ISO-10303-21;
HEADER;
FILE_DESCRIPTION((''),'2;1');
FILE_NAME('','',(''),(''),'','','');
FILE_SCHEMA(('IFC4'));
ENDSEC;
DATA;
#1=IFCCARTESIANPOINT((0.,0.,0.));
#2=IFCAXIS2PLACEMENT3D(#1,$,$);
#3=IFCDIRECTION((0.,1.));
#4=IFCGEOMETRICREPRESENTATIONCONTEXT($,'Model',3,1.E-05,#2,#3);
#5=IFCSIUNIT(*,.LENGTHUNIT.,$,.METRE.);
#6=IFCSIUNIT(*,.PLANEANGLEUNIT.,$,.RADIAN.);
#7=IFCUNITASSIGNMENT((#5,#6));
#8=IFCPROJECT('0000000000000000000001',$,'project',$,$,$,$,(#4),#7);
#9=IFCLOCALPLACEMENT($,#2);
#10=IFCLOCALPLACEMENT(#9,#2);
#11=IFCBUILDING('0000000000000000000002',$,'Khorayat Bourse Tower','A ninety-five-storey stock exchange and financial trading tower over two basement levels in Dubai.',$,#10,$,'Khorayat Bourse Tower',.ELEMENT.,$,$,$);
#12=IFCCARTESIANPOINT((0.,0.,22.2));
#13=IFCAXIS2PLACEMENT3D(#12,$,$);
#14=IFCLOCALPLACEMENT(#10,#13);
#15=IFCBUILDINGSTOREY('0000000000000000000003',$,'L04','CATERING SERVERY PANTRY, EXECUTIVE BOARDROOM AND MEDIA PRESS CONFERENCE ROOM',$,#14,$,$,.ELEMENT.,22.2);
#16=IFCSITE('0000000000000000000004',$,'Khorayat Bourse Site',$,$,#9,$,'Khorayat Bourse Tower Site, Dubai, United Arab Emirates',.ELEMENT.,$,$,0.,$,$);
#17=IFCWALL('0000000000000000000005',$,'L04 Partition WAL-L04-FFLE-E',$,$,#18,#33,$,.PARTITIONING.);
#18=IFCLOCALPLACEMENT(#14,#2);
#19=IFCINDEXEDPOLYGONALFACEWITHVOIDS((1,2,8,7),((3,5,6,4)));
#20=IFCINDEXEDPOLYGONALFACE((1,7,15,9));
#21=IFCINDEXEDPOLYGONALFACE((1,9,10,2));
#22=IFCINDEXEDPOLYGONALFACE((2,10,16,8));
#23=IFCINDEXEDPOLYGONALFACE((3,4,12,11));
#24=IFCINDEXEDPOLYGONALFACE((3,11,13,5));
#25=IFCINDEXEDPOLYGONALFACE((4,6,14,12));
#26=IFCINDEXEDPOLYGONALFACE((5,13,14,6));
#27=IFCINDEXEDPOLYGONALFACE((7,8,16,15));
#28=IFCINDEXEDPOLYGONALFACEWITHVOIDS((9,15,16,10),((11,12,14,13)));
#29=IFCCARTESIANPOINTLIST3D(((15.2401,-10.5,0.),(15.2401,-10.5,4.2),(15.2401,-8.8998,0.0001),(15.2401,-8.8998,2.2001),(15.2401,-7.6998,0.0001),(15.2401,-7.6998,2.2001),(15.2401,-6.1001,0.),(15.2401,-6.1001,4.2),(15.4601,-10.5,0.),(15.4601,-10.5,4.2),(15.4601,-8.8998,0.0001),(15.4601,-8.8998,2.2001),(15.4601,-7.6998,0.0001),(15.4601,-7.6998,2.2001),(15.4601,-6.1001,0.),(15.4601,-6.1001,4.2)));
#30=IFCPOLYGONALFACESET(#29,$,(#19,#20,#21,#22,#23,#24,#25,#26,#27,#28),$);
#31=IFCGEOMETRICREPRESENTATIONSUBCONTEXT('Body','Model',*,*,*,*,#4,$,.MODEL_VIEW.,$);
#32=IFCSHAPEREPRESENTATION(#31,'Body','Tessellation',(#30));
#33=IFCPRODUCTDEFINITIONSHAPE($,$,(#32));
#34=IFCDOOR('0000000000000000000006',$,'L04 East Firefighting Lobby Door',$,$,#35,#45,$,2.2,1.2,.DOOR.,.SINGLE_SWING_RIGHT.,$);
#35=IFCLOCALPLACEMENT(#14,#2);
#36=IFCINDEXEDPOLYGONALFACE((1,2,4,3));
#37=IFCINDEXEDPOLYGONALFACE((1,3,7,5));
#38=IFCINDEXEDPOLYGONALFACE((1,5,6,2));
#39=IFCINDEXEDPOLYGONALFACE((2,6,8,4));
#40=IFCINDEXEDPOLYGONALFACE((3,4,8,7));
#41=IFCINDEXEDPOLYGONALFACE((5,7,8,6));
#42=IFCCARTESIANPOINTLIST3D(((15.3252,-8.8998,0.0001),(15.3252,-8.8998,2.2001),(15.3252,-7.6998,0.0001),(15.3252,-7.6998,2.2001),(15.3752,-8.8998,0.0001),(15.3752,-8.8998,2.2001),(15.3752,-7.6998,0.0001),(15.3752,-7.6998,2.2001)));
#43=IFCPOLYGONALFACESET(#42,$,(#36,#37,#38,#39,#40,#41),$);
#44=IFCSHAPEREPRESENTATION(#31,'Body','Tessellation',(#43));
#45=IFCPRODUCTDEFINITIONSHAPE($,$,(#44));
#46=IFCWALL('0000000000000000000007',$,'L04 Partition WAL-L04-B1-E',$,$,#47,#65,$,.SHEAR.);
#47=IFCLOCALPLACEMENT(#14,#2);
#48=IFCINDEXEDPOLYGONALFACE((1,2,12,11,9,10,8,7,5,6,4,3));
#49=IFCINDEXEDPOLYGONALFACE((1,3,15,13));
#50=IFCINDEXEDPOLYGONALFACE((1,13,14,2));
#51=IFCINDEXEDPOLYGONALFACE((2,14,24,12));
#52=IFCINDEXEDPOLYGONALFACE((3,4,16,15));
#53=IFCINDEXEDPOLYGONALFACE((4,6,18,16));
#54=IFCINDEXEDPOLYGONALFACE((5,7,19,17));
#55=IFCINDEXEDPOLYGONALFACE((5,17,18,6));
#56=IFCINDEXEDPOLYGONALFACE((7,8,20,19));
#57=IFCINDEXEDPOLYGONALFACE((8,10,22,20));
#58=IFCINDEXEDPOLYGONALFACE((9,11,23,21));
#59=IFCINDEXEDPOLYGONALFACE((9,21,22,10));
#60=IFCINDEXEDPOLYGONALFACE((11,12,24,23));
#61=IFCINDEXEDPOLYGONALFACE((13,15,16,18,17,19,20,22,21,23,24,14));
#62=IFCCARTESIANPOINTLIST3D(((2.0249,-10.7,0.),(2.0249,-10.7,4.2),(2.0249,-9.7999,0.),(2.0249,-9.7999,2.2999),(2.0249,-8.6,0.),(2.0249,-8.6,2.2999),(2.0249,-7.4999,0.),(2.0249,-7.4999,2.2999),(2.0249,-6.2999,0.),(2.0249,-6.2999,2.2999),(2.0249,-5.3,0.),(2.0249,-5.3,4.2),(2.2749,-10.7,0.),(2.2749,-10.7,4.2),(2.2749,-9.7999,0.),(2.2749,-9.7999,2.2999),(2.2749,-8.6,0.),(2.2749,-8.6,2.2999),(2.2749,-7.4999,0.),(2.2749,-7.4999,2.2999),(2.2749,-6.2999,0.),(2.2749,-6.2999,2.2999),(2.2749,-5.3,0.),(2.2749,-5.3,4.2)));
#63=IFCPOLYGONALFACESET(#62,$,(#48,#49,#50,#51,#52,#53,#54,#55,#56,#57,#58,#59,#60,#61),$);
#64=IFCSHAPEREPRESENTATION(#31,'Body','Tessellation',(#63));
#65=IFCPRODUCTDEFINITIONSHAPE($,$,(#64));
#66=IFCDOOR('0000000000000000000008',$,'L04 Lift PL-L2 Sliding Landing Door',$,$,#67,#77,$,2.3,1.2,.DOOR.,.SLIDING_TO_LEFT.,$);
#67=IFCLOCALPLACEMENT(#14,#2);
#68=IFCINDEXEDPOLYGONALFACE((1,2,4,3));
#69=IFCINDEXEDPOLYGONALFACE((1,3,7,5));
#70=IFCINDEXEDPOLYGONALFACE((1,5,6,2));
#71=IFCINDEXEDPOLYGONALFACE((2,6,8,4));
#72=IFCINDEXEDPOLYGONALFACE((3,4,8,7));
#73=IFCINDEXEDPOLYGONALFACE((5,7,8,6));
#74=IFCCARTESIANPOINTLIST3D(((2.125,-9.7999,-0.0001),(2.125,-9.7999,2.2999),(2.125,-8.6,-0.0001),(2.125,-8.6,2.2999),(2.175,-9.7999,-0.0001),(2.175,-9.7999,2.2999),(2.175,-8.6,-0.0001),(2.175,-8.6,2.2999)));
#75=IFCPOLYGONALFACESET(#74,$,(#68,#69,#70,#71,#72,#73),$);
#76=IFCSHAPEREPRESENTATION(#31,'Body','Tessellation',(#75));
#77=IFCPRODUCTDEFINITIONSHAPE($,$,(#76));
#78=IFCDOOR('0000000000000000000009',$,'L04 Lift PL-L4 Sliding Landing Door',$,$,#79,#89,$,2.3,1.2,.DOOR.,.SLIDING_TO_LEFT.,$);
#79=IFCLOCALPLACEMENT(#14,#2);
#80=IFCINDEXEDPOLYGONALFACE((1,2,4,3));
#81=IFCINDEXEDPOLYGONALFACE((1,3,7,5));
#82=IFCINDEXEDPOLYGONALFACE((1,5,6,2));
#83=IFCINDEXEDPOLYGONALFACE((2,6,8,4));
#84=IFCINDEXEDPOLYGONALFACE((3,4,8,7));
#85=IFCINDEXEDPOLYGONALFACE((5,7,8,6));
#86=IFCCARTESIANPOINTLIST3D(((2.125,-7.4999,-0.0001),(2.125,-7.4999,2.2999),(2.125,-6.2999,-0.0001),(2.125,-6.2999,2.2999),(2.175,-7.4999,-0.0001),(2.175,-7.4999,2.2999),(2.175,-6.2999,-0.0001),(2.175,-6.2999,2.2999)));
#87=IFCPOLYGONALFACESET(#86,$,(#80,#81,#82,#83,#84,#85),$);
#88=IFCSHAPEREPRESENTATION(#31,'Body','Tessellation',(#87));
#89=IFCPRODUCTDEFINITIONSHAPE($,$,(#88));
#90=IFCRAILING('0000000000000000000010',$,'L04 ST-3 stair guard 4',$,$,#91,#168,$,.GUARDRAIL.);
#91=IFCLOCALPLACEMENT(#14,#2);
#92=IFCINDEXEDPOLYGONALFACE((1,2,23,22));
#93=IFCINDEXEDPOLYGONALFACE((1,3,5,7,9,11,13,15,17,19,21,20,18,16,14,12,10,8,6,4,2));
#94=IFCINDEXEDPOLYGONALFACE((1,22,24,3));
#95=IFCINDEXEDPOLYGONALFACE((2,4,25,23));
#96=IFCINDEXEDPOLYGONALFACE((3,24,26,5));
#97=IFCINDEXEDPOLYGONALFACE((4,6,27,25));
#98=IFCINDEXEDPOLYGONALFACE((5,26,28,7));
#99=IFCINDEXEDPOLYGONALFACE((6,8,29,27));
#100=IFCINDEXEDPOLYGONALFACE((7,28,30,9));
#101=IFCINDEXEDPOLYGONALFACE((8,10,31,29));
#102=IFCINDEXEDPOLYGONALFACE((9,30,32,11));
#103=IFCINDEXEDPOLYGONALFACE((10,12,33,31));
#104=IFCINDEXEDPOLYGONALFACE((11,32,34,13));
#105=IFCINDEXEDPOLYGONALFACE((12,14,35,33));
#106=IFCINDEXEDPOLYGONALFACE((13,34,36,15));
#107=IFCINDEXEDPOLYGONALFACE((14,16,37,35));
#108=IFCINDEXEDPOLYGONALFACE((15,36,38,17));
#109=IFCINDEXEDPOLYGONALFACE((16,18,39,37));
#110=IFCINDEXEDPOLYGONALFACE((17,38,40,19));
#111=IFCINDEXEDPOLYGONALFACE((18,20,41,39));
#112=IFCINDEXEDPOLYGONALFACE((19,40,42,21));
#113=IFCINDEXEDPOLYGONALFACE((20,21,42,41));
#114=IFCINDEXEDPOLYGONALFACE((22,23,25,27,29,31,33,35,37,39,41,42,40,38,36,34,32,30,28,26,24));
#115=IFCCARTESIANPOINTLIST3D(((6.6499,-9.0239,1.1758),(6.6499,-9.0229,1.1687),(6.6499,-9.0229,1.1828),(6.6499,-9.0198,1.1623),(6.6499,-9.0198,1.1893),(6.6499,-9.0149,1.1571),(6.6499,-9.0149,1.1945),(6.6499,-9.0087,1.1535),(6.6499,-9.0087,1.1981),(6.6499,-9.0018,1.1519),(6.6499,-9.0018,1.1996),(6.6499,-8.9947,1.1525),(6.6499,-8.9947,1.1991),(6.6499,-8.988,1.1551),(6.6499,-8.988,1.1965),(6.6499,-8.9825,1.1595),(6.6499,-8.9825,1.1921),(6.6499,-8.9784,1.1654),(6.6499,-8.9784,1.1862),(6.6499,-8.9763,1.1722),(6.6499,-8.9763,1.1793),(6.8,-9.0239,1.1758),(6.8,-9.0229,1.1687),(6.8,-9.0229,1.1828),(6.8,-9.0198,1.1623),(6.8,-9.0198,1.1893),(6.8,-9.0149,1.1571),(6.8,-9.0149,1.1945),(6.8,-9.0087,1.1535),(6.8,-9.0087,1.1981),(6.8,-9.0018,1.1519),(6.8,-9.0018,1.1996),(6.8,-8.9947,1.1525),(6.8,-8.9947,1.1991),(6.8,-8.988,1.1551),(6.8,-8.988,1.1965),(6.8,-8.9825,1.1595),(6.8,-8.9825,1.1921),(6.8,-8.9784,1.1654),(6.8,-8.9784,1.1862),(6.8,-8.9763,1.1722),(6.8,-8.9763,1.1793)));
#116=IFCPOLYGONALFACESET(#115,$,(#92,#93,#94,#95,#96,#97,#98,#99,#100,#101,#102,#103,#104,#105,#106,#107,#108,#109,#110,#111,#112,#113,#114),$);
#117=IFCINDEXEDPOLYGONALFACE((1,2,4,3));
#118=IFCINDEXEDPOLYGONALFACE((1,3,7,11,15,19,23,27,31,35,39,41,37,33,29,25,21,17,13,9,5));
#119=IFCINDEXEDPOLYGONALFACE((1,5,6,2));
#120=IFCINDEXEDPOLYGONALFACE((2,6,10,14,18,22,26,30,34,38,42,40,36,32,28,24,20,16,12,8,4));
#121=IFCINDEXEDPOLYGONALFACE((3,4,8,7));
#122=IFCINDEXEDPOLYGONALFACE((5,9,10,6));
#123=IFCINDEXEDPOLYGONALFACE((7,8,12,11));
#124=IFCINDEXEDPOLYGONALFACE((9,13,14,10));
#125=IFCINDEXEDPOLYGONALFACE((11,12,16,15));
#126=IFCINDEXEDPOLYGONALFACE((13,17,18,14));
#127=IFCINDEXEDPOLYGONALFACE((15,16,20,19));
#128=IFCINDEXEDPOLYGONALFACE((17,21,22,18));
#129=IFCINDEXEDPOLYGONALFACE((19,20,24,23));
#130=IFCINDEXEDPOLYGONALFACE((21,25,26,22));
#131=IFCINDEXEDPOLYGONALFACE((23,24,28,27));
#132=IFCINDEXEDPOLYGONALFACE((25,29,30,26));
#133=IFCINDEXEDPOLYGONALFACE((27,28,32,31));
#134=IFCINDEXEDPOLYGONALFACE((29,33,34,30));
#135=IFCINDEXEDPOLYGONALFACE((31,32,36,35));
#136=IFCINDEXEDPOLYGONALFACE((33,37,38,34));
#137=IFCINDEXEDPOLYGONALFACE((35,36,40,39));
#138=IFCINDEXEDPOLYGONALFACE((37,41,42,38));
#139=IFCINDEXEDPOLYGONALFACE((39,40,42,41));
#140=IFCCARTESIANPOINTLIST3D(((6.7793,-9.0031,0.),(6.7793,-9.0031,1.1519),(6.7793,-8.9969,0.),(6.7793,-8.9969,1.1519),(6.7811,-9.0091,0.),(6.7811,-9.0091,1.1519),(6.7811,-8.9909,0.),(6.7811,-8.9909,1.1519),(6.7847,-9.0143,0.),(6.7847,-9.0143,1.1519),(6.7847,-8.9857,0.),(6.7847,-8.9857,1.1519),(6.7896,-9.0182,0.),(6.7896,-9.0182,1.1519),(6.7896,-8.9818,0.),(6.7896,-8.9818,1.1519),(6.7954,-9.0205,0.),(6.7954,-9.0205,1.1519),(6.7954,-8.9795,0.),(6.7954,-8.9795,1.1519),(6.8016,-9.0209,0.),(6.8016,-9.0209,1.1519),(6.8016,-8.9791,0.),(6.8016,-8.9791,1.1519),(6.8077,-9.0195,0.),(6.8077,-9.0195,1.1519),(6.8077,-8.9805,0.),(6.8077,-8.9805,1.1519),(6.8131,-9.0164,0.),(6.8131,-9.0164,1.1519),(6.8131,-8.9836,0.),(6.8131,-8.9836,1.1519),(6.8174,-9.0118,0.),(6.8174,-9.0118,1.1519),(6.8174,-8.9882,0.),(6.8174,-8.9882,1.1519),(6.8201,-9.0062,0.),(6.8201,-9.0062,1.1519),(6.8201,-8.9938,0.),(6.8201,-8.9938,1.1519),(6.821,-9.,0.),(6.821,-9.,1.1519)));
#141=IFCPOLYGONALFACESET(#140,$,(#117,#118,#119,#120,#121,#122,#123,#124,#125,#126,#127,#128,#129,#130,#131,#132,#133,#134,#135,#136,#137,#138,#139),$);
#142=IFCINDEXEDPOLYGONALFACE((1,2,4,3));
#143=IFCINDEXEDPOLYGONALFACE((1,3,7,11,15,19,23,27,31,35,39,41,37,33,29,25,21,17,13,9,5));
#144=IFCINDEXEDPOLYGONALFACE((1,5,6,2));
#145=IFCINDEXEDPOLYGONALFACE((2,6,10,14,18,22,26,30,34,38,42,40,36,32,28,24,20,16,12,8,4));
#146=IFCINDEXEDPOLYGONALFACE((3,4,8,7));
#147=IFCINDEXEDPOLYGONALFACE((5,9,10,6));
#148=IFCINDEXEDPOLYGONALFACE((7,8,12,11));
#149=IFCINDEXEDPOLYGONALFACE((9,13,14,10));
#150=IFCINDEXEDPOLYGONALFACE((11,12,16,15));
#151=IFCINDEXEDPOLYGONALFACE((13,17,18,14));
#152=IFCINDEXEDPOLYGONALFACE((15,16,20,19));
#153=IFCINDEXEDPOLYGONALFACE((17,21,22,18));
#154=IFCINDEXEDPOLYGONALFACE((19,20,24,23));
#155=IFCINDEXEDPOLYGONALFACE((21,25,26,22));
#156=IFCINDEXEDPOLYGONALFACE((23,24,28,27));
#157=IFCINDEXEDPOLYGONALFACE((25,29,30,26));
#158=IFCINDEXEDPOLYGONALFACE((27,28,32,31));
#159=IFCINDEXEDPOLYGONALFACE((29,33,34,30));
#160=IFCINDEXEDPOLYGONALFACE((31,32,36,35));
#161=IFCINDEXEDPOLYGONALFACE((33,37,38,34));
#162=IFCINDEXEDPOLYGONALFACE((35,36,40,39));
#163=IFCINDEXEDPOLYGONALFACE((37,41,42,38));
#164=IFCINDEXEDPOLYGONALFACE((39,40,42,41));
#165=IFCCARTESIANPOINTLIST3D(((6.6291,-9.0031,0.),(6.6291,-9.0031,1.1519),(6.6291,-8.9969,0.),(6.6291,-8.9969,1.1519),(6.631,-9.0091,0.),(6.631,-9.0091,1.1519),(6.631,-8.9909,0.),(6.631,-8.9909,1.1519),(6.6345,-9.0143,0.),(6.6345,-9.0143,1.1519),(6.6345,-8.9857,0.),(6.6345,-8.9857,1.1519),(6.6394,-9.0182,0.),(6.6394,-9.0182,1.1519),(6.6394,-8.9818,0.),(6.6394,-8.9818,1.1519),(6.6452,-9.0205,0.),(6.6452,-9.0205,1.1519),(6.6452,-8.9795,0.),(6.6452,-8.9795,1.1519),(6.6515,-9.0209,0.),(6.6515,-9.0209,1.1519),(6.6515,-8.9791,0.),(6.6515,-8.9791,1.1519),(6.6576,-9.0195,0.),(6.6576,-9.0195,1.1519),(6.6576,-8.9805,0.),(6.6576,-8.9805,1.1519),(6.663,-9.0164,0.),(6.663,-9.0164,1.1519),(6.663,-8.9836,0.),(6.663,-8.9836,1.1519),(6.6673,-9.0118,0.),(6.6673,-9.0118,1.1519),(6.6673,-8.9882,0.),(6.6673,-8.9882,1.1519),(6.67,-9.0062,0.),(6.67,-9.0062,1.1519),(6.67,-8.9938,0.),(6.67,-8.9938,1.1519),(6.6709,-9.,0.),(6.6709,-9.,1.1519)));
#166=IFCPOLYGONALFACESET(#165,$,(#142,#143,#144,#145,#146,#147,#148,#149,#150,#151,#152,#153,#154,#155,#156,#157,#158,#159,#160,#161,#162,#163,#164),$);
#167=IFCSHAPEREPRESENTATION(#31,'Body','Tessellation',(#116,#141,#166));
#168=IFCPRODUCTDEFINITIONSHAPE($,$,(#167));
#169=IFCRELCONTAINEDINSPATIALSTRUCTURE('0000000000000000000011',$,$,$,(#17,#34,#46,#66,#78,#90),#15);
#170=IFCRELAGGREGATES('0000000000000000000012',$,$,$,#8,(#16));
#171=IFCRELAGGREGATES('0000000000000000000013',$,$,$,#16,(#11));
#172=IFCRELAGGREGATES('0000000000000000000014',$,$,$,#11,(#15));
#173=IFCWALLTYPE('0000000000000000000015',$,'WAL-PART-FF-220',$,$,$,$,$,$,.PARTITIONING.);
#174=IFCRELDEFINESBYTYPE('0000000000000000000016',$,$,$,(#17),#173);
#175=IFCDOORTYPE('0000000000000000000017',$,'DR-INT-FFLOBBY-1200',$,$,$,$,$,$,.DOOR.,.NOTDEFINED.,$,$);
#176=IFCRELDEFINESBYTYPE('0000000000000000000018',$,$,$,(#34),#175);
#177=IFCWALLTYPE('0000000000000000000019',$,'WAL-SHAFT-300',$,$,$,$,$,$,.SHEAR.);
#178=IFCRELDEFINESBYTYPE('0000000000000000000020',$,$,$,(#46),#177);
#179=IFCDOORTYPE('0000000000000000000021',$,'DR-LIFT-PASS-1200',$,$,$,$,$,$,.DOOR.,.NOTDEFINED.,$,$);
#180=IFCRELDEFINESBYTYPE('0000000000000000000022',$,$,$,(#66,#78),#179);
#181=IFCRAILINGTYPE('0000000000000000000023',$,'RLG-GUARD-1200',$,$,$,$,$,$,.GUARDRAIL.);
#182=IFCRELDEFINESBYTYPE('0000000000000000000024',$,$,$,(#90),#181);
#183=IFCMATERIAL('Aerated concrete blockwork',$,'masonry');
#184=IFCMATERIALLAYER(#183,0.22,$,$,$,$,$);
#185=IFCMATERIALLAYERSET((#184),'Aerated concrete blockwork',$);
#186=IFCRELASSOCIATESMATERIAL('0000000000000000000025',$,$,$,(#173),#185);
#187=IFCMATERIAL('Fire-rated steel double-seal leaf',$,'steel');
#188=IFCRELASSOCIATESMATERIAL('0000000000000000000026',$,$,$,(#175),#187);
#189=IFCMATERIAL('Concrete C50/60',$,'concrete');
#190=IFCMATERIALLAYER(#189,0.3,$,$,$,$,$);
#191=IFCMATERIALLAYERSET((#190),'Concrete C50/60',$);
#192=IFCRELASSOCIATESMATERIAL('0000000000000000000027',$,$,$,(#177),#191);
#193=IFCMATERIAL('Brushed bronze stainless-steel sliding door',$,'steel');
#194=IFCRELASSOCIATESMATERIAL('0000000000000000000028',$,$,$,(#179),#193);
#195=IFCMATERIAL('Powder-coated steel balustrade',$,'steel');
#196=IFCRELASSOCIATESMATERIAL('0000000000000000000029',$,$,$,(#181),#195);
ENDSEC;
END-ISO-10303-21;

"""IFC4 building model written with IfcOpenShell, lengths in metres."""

from ifc_helpers import new_model, si_unit, direction, frame, frame_2d, origin, origin_2d, place, context, subcontext, project, spatial, rectangle, circle, extrude, source, transform, mapped, material, layer, layer_set, type_object, element, fill, save


model = new_model("IFC4")

# Units and contexts
model_context = context("Model", 3, precision=1e-05, world=origin(), true_north=direction((0.0, 1.0)))
body_context = subcontext(model_context, "Body", "Model", "MODEL_VIEW")
ifc_project = project(units=[si_unit("LENGTHUNIT", "METRE"), si_unit("PLANEANGLEUNIT", "RADIAN")], contexts=[model_context])

# Site, building, storey
site_placement = place(None, origin())
site = spatial("IfcSite", under=ifc_project, at=site_placement, Name="Khorayat Bourse Site", LongName="Khorayat Bourse Tower Site, Dubai, United Arab Emirates", CompositionType="ELEMENT", RefElevation=0.0)
building_placement = place(site_placement, origin())
building = spatial("IfcBuilding", under=site, at=building_placement, Name="Khorayat Bourse Tower", Description="A ninety-five-storey stock exchange and financial trading tower over two basement levels in Dubai.", LongName="Khorayat Bourse Tower", CompositionType="ELEMENT")
storey_placement = place(building_placement, frame((0.0, 0.0, 22.2)))
storey = spatial("IfcBuildingStorey", under=building, at=storey_placement, Name="L04", Description="CATERING SERVERY PANTRY, EXECUTIVE BOARDROOM AND MEDIA PRESS CONFERENCE ROOM", CompositionType="ELEMENT", Elevation=22.2)

# Shared definitions
ifc_material_1 = material(Name="Aerated concrete blockwork", Category="masonry")
ifc_layer_1 = layer(ifc_material_1, 0.22)
ifc_layer_set_1 = layer_set([ifc_layer_1], Name="Aerated concrete blockwork")
wall_type_1 = type_object("IfcWallType", Name="WAL-PART-FF-220", PredefinedType="PARTITIONING", material=ifc_layer_set_1)

# Wall, opening, door
shared_shape_1 = source(origin(), body_context, "Body", "SweptSolid", [
    extrude(rectangle(XDim=4.3999, YDim=0.22, at=frame_2d((2.2, 0.0))), origin(), (0.0, 0.0, 1.0), 4.2),
])
wall_1_placement = place(storey_placement, frame((15.3501, -10.5, 0.0), z_axis=(0.0, 0.0, 1.0), x_axis=(0.0, 1.0, 0.0)))
wall_1 = element("IfcWall", 1, at=wall_1_placement, inside=storey, type_object=wall_type_1, Name="L04 Partition WAL-L04-FFLE-E", PredefinedType="PARTITIONING", context=body_context, shape_type="MappedRepresentation", body=[
    mapped(shared_shape_1, transform((0.0, 0.0, 0.0), scale=1.0)),
])
shared_shape_2 = source(origin(), body_context, "Body", "SweptSolid", [
    extrude(rectangle(XDim=1.2, YDim=2.2, at=frame_2d((0.6001, 1.1001))), frame((0.0, 0.1199, 0.0), z_axis=(0.0, -1.0, 0.0), x_axis=(1.0, 0.0, 0.0)), (0.0, 0.0, 1.0), 0.24),
])
opening_1_placement = place(wall_1_placement, frame((1.6001, 0.0, 0.0)))
opening_1 = element("IfcOpeningElement", 2, at=opening_1_placement, cuts=wall_1, PredefinedType="OPENING", context=body_context, shape_type="MappedRepresentation", body=[
    mapped(shared_shape_2, transform((0.0, 0.0, 0.0), scale=1.0)),
])
ifc_material_2 = material(Name="Fire-rated steel double-seal leaf", Category="steel")
door_type_1 = type_object("IfcDoorType", Name="DR-INT-FFLOBBY-1200", OperationType="NOTDEFINED", PredefinedType="DOOR", material=ifc_material_2)
shared_shape_3 = source(origin(), body_context, "Body", "SweptSolid", [
    extrude(rectangle(XDim=1.2, YDim=2.2, at=frame_2d((0.6001, 1.1001))), frame((0.0, 0.0249, 0.0), z_axis=(0.0, -1.0, 0.0), x_axis=(1.0, 0.0, 0.0)), (0.0, 0.0, 1.0), 0.05),
])
door_1_placement = place(opening_1_placement, origin())
door_1 = element("IfcDoor", 3, at=door_1_placement, inside=storey, type_object=door_type_1, Name="L04 East Firefighting Lobby Door", OperationType="SINGLE_SWING_RIGHT", OverallHeight=2.2, OverallWidth=1.2, PredefinedType="DOOR", context=body_context, shape_type="MappedRepresentation", body=[
    mapped(shared_shape_3, transform((0.0, 0.0, 0.0), scale=1.0)),
])
fill(opening_1, door_1)

# Wall, openings, doors
ifc_material_3 = material(Name="Concrete C50/60", Category="concrete")
ifc_layer_2 = layer(ifc_material_3, 0.3)
ifc_layer_set_2 = layer_set([ifc_layer_2], Name="Concrete C50/60")
wall_type_2 = type_object("IfcWallType", Name="WAL-SHAFT-300", PredefinedType="SHEAR", material=ifc_layer_set_2)
shared_shape_4 = source(origin(), body_context, "Body", "SweptSolid", [
    extrude(rectangle(XDim=5.3999, YDim=0.25, at=frame_2d((2.7, 0.0))), origin(), (0.0, 0.0, 1.0), 4.2),
])
wall_2_placement = place(storey_placement, frame((2.1499, -10.7, 0.0), z_axis=(0.0, 0.0, 1.0), x_axis=(0.0, 1.0, 0.0)))
wall_2 = element("IfcWall", 4, at=wall_2_placement, inside=storey, type_object=wall_type_2, Name="L04 Partition WAL-L04-B1-E", PredefinedType="SHEAR", context=body_context, shape_type="MappedRepresentation", body=[
    mapped(shared_shape_4, transform((0.0, 0.0, 0.0), scale=1.0)),
])
shared_shape_5 = source(origin(), body_context, "Body", "SweptSolid", [
    extrude(rectangle(XDim=1.2, YDim=2.3, at=frame_2d((0.6001, 1.1499))), frame((0.0, 0.135, 0.0), z_axis=(0.0, -1.0, 0.0), x_axis=(1.0, 0.0, 0.0)), (0.0, 0.0, 1.0), 0.27),
])
opening_2_placement = place(wall_2_placement, frame((0.8999, 0.0, 0.0)))
opening_2 = element("IfcOpeningElement", 5, at=opening_2_placement, cuts=wall_2, PredefinedType="OPENING", context=body_context, shape_type="MappedRepresentation", body=[
    mapped(shared_shape_5, transform((0.0, 0.0, 0.0), scale=1.0)),
])
opening_3_placement = place(wall_2_placement, frame((3.2, 0.0, 0.0)))
opening_3 = element("IfcOpeningElement", 6, at=opening_3_placement, cuts=wall_2, PredefinedType="OPENING", context=body_context, shape_type="MappedRepresentation", body=[
    mapped(shared_shape_5, transform((0.0, 0.0, 0.0), scale=1.0)),
])
ifc_material_4 = material(Name="Brushed bronze stainless-steel sliding door", Category="steel")
door_type_2 = type_object("IfcDoorType", Name="DR-LIFT-PASS-1200", OperationType="NOTDEFINED", PredefinedType="DOOR", material=ifc_material_4)
shared_shape_6 = source(origin(), body_context, "Body", "SweptSolid", [
    extrude(rectangle(XDim=1.2, YDim=2.3, at=frame_2d((0.6001, 1.1499))), frame((0.0, 0.0249, 0.0), z_axis=(0.0, -1.0, 0.0), x_axis=(1.0, 0.0, 0.0)), (0.0, 0.0, 1.0), 0.05),
])
door_2_placement = place(opening_2_placement, origin())
door_2 = element("IfcDoor", 7, at=door_2_placement, inside=storey, type_object=door_type_2, Name="L04 Lift PL-L2 Sliding Landing Door", OperationType="SLIDING_TO_LEFT", OverallHeight=2.3, OverallWidth=1.2, PredefinedType="DOOR", context=body_context, shape_type="MappedRepresentation", body=[
    mapped(shared_shape_6, transform((0.0, 0.0, 0.0), scale=1.0)),
])
fill(opening_2, door_2)
door_3_placement = place(opening_3_placement, origin())
door_3 = element("IfcDoor", 8, at=door_3_placement, inside=storey, type_object=door_type_2, Name="L04 Lift PL-L4 Sliding Landing Door", OperationType="SLIDING_TO_LEFT", OverallHeight=2.3, OverallWidth=1.2, PredefinedType="DOOR", context=body_context, shape_type="MappedRepresentation", body=[
    mapped(shared_shape_6, transform((0.0, 0.0, 0.0), scale=1.0)),
])
fill(opening_3, door_3)

# Railing
ifc_material_5 = material(Name="Powder-coated steel balustrade", Category="steel")
railing_type = type_object("IfcRailingType", Name="RLG-GUARD-1200", PredefinedType="GUARDRAIL", material=ifc_material_5)
shared_shape_7 = source(origin(), body_context, "Body", "SweptSolid", [
    extrude(circle(Radius=0.0239, at=origin_2d()), frame((0.0, 0.0, 1.1758), z_axis=(-1.0, 0.0, 0.0), x_axis=(0.0, -1.0, 0.0)), (0.0, 0.0, 1.0), 0.1501),
    extrude(circle(Radius=0.021, at=origin_2d()), origin(), (0.0, 0.0, 1.0), 1.1519),
    extrude(circle(Radius=0.021, at=origin_2d()), frame((-0.1501, 0.0, 0.0)), (0.0, 0.0, 1.0), 1.1519),
])
railing_placement = place(storey_placement, frame((6.8, -9.0, 0.0)))
element("IfcRailing", 9, at=railing_placement, inside=storey, type_object=railing_type, Name="L04 ST-3 stair guard 4", PredefinedType="GUARDRAIL", context=body_context, shape_type="MappedRepresentation", body=[
    mapped(shared_shape_7, transform((0.0, 0.0, 0.0), scale=1.0)),
])

save(model, "model.ifc")
